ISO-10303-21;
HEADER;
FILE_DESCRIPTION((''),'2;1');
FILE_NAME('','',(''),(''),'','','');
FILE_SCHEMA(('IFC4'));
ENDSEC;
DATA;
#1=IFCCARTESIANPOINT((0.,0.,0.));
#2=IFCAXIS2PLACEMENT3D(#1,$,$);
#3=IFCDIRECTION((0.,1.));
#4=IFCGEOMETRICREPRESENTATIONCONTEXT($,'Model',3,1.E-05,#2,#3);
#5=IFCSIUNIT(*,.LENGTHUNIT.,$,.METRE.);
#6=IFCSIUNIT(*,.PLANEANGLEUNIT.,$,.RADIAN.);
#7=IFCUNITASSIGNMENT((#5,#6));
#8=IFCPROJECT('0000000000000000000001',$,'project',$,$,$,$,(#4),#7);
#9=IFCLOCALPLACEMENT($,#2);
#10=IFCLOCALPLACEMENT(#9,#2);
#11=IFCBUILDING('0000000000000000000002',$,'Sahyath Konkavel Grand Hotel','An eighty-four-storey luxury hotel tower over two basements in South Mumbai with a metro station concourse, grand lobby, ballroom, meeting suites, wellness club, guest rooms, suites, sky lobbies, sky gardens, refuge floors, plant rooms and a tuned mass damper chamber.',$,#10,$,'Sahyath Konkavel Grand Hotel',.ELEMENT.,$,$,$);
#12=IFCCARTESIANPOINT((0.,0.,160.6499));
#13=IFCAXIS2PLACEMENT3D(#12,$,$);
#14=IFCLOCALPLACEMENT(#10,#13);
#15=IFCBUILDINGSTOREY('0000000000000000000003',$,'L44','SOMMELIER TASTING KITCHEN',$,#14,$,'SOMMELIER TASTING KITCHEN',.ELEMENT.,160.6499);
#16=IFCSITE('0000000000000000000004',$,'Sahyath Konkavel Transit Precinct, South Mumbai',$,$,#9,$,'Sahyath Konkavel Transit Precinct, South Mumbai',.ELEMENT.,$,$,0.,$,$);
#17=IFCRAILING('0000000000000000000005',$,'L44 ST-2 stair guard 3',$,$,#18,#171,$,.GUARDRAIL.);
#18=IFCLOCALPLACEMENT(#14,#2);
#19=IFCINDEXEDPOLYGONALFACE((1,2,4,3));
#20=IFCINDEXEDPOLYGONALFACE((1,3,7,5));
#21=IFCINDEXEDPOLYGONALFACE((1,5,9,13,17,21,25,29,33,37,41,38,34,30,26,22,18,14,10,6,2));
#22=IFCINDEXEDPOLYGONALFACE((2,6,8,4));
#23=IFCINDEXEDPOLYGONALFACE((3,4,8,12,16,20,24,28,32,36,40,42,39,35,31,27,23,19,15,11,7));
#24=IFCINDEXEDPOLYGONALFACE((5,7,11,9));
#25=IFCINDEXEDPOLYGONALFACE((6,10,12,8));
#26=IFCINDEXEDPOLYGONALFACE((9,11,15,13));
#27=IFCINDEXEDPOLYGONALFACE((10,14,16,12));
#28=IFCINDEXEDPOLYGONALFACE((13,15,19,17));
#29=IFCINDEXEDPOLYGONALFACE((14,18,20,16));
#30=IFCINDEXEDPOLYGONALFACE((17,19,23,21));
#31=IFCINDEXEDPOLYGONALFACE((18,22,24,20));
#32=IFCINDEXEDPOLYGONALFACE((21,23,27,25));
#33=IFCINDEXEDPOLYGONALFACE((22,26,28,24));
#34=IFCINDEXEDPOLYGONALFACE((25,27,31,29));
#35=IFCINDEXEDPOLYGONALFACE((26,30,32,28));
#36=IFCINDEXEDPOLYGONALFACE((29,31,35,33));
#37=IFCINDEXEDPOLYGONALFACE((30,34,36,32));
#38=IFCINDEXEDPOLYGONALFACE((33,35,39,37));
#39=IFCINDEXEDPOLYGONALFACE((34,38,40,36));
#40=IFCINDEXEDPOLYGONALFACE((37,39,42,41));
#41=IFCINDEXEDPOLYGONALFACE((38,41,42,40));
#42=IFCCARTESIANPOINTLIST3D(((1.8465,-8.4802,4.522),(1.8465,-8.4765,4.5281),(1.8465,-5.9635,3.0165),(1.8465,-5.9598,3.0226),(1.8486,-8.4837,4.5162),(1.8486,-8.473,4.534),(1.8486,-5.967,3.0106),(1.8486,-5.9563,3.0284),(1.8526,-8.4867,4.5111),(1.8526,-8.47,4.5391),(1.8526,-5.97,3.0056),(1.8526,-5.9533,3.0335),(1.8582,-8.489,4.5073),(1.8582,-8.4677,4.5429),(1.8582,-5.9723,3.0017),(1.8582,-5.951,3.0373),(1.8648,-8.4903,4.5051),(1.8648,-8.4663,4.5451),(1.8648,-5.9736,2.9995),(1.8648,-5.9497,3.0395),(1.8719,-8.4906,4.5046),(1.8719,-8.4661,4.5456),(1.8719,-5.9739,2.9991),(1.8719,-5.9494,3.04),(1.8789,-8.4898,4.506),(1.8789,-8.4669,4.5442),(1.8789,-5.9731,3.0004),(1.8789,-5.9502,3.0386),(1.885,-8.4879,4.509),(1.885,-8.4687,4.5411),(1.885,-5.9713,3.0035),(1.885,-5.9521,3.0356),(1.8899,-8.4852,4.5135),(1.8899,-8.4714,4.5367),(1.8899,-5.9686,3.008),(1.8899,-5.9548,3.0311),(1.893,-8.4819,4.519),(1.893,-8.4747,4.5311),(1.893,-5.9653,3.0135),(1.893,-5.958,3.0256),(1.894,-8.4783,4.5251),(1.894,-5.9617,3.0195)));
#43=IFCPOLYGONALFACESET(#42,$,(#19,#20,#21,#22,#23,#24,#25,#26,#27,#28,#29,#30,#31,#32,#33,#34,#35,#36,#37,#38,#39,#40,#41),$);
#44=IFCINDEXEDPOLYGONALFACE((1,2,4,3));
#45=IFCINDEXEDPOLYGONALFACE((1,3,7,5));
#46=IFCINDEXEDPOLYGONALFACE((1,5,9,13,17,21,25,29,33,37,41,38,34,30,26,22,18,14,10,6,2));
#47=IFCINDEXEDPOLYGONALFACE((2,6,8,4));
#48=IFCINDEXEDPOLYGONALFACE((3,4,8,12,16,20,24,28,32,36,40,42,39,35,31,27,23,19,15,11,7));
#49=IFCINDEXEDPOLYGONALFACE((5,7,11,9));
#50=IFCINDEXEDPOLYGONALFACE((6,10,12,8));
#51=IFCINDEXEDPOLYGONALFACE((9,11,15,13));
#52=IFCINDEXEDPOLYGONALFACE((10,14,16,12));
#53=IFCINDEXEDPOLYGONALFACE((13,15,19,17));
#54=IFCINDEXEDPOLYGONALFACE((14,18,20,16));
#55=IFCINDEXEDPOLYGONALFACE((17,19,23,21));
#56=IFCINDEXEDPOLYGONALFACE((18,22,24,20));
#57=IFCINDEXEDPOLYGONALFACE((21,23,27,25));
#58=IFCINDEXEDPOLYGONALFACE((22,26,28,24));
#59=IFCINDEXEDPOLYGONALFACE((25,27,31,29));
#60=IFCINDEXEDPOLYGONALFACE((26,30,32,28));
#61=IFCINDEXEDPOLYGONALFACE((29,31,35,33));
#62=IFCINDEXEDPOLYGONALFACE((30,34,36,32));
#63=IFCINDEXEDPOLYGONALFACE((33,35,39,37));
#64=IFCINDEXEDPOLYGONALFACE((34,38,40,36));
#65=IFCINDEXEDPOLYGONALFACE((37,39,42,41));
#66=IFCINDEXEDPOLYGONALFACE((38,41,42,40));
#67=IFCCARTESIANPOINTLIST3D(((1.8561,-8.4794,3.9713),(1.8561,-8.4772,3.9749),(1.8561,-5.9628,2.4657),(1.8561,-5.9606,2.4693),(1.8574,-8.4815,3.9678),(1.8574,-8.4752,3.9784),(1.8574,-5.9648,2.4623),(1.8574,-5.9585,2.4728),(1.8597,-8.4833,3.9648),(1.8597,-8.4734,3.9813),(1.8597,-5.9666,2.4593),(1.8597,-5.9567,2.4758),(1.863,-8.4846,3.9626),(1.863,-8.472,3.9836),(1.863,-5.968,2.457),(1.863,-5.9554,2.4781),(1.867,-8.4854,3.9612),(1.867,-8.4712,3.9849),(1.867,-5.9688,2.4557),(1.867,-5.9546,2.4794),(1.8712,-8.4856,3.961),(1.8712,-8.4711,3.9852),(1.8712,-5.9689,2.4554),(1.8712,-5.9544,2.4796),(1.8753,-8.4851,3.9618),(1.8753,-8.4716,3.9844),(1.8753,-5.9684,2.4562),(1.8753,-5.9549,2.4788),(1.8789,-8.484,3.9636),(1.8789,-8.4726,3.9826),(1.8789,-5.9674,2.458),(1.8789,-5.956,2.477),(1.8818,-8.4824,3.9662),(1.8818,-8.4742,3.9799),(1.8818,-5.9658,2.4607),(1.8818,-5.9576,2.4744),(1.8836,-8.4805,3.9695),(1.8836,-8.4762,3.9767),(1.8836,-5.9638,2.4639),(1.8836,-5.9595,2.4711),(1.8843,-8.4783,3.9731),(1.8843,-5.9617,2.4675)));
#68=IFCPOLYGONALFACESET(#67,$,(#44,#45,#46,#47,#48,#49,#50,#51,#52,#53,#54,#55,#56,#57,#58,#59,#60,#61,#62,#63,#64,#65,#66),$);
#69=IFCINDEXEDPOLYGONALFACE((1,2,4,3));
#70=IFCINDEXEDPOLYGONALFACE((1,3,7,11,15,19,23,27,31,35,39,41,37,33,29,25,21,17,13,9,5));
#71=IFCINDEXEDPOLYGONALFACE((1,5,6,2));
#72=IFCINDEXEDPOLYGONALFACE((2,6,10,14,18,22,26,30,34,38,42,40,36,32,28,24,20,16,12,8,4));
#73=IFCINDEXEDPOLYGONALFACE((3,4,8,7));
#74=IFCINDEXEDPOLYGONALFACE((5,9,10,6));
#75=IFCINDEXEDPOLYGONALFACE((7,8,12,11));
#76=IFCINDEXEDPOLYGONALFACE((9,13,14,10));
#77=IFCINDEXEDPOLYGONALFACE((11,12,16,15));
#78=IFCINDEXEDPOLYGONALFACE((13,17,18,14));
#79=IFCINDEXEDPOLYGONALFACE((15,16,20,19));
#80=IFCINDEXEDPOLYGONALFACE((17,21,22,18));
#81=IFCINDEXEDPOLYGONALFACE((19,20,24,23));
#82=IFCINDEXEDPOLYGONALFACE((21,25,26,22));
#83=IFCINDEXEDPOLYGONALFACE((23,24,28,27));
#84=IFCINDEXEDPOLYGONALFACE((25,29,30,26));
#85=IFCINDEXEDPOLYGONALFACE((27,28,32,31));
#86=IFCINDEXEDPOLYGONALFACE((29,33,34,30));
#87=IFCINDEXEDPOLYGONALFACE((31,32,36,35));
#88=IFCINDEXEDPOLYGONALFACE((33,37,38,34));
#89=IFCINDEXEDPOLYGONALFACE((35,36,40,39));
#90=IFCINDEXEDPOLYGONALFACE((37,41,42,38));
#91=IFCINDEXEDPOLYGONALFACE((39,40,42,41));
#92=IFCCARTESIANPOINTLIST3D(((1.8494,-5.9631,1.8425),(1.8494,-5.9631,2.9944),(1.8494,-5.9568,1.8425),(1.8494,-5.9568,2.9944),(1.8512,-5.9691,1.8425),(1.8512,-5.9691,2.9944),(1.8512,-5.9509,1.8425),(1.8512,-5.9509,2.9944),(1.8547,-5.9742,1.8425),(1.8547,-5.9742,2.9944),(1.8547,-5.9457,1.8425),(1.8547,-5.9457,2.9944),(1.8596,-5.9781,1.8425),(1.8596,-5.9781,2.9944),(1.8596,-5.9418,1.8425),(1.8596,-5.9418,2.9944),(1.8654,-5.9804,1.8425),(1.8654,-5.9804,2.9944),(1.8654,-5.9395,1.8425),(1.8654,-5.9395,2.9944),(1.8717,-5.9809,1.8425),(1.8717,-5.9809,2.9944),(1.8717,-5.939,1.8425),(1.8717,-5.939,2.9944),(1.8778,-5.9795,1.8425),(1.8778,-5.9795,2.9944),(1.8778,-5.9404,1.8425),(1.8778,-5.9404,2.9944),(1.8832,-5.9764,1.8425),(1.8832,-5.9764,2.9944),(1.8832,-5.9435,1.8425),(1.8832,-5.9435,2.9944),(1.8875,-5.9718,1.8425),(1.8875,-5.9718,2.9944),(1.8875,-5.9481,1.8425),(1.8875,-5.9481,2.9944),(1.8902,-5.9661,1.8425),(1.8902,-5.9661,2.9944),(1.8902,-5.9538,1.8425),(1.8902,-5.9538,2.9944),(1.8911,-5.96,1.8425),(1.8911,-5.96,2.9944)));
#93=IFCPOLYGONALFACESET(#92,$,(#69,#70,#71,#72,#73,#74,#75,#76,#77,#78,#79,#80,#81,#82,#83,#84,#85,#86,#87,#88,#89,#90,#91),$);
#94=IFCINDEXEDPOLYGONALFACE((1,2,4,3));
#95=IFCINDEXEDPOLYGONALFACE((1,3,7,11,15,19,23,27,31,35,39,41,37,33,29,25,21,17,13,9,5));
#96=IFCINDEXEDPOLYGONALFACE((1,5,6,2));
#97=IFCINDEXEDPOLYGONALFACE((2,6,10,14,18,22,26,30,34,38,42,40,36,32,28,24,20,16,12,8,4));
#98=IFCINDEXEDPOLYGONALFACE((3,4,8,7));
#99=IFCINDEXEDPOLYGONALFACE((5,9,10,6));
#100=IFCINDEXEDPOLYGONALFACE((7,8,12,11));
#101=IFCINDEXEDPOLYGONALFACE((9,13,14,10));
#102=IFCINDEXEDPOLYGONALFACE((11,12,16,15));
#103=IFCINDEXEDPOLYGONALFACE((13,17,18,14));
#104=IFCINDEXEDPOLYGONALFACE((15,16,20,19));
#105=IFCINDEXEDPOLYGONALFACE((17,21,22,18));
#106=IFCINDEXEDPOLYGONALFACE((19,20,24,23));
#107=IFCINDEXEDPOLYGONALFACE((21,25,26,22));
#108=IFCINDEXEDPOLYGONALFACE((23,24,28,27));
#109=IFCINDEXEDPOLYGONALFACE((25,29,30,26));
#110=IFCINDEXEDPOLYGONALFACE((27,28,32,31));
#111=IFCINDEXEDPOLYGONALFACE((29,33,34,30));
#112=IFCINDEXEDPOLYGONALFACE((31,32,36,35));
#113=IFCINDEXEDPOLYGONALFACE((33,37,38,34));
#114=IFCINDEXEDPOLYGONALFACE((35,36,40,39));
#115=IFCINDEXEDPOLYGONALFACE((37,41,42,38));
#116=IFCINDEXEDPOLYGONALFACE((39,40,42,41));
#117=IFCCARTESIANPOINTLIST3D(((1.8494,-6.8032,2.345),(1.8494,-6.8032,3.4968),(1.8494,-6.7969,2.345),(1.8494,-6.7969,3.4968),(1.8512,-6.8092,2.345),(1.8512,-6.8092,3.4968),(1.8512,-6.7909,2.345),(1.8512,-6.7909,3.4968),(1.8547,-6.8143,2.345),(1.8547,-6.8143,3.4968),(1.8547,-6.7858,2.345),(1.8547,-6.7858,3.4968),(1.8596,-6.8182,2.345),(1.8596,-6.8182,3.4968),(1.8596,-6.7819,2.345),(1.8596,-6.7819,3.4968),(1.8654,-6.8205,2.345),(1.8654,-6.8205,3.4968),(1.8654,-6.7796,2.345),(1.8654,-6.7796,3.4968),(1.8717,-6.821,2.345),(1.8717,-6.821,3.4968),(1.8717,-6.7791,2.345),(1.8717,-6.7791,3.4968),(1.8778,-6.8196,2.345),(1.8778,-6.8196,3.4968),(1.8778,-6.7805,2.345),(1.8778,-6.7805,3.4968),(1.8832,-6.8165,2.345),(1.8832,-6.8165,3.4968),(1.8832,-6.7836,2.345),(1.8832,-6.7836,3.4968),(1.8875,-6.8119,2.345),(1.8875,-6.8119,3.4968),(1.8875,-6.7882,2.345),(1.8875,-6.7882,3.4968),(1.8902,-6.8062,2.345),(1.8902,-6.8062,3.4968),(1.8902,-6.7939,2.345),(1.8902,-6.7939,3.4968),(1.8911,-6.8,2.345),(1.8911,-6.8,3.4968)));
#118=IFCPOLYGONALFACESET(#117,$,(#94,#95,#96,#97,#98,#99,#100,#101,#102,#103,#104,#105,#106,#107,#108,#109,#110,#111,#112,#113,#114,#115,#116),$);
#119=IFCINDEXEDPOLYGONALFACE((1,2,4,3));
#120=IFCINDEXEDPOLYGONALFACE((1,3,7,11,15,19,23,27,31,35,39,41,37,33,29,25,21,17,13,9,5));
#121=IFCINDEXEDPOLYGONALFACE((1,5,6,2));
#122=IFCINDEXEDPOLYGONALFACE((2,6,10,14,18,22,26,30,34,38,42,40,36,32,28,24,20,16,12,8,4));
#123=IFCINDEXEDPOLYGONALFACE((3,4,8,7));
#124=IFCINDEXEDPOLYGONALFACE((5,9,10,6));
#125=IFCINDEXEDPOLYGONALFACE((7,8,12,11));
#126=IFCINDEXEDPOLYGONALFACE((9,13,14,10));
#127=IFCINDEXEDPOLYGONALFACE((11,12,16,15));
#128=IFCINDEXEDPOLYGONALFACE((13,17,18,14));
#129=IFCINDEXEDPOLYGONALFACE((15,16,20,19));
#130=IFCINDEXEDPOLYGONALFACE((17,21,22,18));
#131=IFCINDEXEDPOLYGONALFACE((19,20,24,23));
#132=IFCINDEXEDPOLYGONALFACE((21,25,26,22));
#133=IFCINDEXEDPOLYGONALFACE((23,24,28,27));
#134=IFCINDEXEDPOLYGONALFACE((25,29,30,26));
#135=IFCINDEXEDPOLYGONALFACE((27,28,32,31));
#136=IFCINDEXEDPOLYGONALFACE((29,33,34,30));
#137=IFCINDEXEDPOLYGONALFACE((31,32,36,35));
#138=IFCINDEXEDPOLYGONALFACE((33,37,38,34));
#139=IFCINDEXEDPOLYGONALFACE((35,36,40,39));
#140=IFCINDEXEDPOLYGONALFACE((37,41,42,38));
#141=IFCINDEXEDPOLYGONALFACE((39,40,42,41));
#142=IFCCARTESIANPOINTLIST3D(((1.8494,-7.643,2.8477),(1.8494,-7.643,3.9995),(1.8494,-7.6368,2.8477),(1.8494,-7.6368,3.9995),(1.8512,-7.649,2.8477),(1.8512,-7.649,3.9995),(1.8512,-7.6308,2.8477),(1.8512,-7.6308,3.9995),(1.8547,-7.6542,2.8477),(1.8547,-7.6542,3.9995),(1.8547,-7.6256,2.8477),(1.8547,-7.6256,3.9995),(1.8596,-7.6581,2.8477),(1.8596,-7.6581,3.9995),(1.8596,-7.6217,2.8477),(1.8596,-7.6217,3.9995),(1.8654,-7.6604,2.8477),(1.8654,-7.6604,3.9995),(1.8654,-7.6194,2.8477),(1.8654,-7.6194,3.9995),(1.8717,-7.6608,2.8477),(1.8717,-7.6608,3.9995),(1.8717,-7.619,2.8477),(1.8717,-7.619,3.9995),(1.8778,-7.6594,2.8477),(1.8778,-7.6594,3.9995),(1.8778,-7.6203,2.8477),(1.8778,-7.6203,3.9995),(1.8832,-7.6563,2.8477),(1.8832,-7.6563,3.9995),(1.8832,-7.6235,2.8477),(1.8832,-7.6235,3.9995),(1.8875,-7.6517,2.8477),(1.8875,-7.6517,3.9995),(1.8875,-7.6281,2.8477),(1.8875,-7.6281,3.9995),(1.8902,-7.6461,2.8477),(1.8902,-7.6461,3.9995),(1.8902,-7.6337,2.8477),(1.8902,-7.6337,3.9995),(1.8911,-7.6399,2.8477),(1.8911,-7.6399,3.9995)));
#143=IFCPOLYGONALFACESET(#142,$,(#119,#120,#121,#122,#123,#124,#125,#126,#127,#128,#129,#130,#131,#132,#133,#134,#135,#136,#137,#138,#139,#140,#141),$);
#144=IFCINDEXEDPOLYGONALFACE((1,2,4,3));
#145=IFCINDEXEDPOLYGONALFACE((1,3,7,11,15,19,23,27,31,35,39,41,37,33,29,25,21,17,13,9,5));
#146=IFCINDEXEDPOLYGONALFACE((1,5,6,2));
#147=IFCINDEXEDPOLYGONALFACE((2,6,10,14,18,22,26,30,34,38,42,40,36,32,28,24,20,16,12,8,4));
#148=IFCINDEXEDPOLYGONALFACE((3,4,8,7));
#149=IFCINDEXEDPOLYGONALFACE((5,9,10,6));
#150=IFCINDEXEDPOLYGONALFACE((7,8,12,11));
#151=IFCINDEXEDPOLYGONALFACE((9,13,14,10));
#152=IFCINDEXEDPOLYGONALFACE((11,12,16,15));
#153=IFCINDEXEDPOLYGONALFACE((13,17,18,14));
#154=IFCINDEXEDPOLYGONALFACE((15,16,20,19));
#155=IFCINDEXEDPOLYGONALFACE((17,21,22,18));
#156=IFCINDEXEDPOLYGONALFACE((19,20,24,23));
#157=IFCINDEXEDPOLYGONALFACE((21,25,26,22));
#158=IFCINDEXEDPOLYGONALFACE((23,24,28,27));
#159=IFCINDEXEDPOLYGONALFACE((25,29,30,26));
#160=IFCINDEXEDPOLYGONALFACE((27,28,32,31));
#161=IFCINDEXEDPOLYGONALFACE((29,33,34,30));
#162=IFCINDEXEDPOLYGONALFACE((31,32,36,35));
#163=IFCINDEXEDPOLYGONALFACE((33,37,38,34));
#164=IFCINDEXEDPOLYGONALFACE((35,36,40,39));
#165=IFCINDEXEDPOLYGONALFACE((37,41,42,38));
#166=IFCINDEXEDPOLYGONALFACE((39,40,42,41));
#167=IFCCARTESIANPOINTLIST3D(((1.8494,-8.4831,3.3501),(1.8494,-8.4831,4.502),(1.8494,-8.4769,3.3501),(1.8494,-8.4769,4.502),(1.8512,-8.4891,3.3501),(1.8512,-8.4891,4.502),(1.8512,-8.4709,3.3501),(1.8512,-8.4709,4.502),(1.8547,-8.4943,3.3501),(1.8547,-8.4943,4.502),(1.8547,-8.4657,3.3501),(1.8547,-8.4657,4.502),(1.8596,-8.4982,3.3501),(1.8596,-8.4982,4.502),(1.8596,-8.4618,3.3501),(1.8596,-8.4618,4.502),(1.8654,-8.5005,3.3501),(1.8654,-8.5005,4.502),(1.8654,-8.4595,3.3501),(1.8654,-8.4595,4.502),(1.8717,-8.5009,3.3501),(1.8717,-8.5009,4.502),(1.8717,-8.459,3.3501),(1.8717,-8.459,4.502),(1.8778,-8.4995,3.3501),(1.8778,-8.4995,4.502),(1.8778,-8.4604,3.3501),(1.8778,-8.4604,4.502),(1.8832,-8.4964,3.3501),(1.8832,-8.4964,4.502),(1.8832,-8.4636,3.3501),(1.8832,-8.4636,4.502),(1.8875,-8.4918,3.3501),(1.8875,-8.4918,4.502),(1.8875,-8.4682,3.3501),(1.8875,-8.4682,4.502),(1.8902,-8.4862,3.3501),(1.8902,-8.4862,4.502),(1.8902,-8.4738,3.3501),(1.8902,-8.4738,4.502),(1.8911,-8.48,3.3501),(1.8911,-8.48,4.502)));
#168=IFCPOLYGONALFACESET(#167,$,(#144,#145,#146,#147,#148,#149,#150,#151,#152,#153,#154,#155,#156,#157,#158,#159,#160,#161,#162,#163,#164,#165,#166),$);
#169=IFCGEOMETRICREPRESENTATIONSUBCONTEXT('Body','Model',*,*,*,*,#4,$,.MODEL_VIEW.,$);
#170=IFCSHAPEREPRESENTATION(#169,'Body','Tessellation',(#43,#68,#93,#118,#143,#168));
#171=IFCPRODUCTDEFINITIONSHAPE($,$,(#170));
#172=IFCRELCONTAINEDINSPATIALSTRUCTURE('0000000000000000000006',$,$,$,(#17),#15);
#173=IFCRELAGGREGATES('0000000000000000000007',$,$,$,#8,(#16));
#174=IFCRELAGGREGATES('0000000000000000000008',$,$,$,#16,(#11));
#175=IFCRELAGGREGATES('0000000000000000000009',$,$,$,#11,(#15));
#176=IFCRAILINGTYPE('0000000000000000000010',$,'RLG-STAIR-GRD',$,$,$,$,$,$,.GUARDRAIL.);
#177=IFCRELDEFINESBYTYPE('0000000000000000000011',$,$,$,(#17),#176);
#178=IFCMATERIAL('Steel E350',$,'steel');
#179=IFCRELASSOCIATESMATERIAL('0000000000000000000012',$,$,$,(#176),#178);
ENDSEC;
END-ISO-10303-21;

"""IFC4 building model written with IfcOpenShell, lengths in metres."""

from ifc_helpers import new_model, si_unit, direction, frame, origin, origin_2d, place, context, subcontext, project, spatial, circle, extrude, material, type_object, element, save


model = new_model("IFC4")

# Units and contexts
model_context = context("Model", 3, precision=1e-05, world=origin(), true_north=direction((0.0, 1.0)))
body_context = subcontext(model_context, "Body", "Model", "MODEL_VIEW")
ifc_project = project(units=[si_unit("LENGTHUNIT", "METRE"), si_unit("PLANEANGLEUNIT", "RADIAN")], contexts=[model_context])

# Site, building, storey
site_placement = place(None, origin())
site = spatial("IfcSite", under=ifc_project, at=site_placement, Name="Sahyath Konkavel Transit Precinct, South Mumbai", LongName="Sahyath Konkavel Transit Precinct, South Mumbai", CompositionType="ELEMENT", RefElevation=0.0)
building_placement = place(site_placement, origin())
building = spatial("IfcBuilding", under=site, at=building_placement, Name="Sahyath Konkavel Grand Hotel", Description="An eighty-four-storey luxury hotel tower over two basements in South Mumbai with a metro station concourse, grand lobby, ballroom, meeting suites, wellness club, guest rooms, suites, sky lobbies, sky gardens, refuge floors, plant rooms and a tuned mass damper chamber.", LongName="Sahyath Konkavel Grand Hotel", CompositionType="ELEMENT")
storey_placement = place(building_placement, frame((0.0, 0.0, 160.6499)))
storey = spatial("IfcBuildingStorey", under=building, at=storey_placement, Name="L44", Description="SOMMELIER TASTING KITCHEN", LongName="SOMMELIER TASTING KITCHEN", CompositionType="ELEMENT", Elevation=160.6499)

# Shared definitions
ifc_material_1 = material(Name="Steel E350", Category="steel")

# Railing
railing_type_1 = type_object("IfcRailingType", Name="RLG-STAIR-GRD", PredefinedType="GUARDRAIL", material=ifc_material_1)
railing_1_placement = place(storey_placement, frame((1.8701, -5.96, 1.8425)))
element("IfcRailing", 1, at=railing_1_placement, inside=storey, type_object=railing_type_1, Name="L44 ST-2 stair guard 3", PredefinedType="GUARDRAIL", context=body_context, shape_type="SweptSolid", body=[
    extrude(circle(Radius=0.0239, at=origin_2d()), frame((0.0, -0.0017, 1.177), z_axis=(0.0, -0.85816, 0.513383), x_axis=(1.0, 0.0, 0.0)), (0.0, 0.0, 1.0), 2.9326),
    extrude(circle(Radius=0.0142, at=origin_2d()), frame((0.0, -0.0017, 0.625), z_axis=(0.0, -0.85816, 0.513383), x_axis=(1.0, 0.0, 0.0)), (0.0, 0.0, 1.0), 2.9326),
    extrude(circle(Radius=0.021, at=origin_2d()), origin(), (0.0, 0.0, 1.0), 1.1519),
    extrude(circle(Radius=0.021, at=origin_2d()), frame((0.0, -0.8401, 0.5024)), (0.0, 0.0, 1.0), 1.1519),
    extrude(circle(Radius=0.021, at=origin_2d()), frame((0.0, -1.6799, 1.0051)), (0.0, 0.0, 1.0), 1.1519),
    extrude(circle(Radius=0.021, at=origin_2d()), frame((0.0, -2.52, 1.5076)), (0.0, 0.0, 1.0), 1.1519),
])

save(model, "model.ifc")
